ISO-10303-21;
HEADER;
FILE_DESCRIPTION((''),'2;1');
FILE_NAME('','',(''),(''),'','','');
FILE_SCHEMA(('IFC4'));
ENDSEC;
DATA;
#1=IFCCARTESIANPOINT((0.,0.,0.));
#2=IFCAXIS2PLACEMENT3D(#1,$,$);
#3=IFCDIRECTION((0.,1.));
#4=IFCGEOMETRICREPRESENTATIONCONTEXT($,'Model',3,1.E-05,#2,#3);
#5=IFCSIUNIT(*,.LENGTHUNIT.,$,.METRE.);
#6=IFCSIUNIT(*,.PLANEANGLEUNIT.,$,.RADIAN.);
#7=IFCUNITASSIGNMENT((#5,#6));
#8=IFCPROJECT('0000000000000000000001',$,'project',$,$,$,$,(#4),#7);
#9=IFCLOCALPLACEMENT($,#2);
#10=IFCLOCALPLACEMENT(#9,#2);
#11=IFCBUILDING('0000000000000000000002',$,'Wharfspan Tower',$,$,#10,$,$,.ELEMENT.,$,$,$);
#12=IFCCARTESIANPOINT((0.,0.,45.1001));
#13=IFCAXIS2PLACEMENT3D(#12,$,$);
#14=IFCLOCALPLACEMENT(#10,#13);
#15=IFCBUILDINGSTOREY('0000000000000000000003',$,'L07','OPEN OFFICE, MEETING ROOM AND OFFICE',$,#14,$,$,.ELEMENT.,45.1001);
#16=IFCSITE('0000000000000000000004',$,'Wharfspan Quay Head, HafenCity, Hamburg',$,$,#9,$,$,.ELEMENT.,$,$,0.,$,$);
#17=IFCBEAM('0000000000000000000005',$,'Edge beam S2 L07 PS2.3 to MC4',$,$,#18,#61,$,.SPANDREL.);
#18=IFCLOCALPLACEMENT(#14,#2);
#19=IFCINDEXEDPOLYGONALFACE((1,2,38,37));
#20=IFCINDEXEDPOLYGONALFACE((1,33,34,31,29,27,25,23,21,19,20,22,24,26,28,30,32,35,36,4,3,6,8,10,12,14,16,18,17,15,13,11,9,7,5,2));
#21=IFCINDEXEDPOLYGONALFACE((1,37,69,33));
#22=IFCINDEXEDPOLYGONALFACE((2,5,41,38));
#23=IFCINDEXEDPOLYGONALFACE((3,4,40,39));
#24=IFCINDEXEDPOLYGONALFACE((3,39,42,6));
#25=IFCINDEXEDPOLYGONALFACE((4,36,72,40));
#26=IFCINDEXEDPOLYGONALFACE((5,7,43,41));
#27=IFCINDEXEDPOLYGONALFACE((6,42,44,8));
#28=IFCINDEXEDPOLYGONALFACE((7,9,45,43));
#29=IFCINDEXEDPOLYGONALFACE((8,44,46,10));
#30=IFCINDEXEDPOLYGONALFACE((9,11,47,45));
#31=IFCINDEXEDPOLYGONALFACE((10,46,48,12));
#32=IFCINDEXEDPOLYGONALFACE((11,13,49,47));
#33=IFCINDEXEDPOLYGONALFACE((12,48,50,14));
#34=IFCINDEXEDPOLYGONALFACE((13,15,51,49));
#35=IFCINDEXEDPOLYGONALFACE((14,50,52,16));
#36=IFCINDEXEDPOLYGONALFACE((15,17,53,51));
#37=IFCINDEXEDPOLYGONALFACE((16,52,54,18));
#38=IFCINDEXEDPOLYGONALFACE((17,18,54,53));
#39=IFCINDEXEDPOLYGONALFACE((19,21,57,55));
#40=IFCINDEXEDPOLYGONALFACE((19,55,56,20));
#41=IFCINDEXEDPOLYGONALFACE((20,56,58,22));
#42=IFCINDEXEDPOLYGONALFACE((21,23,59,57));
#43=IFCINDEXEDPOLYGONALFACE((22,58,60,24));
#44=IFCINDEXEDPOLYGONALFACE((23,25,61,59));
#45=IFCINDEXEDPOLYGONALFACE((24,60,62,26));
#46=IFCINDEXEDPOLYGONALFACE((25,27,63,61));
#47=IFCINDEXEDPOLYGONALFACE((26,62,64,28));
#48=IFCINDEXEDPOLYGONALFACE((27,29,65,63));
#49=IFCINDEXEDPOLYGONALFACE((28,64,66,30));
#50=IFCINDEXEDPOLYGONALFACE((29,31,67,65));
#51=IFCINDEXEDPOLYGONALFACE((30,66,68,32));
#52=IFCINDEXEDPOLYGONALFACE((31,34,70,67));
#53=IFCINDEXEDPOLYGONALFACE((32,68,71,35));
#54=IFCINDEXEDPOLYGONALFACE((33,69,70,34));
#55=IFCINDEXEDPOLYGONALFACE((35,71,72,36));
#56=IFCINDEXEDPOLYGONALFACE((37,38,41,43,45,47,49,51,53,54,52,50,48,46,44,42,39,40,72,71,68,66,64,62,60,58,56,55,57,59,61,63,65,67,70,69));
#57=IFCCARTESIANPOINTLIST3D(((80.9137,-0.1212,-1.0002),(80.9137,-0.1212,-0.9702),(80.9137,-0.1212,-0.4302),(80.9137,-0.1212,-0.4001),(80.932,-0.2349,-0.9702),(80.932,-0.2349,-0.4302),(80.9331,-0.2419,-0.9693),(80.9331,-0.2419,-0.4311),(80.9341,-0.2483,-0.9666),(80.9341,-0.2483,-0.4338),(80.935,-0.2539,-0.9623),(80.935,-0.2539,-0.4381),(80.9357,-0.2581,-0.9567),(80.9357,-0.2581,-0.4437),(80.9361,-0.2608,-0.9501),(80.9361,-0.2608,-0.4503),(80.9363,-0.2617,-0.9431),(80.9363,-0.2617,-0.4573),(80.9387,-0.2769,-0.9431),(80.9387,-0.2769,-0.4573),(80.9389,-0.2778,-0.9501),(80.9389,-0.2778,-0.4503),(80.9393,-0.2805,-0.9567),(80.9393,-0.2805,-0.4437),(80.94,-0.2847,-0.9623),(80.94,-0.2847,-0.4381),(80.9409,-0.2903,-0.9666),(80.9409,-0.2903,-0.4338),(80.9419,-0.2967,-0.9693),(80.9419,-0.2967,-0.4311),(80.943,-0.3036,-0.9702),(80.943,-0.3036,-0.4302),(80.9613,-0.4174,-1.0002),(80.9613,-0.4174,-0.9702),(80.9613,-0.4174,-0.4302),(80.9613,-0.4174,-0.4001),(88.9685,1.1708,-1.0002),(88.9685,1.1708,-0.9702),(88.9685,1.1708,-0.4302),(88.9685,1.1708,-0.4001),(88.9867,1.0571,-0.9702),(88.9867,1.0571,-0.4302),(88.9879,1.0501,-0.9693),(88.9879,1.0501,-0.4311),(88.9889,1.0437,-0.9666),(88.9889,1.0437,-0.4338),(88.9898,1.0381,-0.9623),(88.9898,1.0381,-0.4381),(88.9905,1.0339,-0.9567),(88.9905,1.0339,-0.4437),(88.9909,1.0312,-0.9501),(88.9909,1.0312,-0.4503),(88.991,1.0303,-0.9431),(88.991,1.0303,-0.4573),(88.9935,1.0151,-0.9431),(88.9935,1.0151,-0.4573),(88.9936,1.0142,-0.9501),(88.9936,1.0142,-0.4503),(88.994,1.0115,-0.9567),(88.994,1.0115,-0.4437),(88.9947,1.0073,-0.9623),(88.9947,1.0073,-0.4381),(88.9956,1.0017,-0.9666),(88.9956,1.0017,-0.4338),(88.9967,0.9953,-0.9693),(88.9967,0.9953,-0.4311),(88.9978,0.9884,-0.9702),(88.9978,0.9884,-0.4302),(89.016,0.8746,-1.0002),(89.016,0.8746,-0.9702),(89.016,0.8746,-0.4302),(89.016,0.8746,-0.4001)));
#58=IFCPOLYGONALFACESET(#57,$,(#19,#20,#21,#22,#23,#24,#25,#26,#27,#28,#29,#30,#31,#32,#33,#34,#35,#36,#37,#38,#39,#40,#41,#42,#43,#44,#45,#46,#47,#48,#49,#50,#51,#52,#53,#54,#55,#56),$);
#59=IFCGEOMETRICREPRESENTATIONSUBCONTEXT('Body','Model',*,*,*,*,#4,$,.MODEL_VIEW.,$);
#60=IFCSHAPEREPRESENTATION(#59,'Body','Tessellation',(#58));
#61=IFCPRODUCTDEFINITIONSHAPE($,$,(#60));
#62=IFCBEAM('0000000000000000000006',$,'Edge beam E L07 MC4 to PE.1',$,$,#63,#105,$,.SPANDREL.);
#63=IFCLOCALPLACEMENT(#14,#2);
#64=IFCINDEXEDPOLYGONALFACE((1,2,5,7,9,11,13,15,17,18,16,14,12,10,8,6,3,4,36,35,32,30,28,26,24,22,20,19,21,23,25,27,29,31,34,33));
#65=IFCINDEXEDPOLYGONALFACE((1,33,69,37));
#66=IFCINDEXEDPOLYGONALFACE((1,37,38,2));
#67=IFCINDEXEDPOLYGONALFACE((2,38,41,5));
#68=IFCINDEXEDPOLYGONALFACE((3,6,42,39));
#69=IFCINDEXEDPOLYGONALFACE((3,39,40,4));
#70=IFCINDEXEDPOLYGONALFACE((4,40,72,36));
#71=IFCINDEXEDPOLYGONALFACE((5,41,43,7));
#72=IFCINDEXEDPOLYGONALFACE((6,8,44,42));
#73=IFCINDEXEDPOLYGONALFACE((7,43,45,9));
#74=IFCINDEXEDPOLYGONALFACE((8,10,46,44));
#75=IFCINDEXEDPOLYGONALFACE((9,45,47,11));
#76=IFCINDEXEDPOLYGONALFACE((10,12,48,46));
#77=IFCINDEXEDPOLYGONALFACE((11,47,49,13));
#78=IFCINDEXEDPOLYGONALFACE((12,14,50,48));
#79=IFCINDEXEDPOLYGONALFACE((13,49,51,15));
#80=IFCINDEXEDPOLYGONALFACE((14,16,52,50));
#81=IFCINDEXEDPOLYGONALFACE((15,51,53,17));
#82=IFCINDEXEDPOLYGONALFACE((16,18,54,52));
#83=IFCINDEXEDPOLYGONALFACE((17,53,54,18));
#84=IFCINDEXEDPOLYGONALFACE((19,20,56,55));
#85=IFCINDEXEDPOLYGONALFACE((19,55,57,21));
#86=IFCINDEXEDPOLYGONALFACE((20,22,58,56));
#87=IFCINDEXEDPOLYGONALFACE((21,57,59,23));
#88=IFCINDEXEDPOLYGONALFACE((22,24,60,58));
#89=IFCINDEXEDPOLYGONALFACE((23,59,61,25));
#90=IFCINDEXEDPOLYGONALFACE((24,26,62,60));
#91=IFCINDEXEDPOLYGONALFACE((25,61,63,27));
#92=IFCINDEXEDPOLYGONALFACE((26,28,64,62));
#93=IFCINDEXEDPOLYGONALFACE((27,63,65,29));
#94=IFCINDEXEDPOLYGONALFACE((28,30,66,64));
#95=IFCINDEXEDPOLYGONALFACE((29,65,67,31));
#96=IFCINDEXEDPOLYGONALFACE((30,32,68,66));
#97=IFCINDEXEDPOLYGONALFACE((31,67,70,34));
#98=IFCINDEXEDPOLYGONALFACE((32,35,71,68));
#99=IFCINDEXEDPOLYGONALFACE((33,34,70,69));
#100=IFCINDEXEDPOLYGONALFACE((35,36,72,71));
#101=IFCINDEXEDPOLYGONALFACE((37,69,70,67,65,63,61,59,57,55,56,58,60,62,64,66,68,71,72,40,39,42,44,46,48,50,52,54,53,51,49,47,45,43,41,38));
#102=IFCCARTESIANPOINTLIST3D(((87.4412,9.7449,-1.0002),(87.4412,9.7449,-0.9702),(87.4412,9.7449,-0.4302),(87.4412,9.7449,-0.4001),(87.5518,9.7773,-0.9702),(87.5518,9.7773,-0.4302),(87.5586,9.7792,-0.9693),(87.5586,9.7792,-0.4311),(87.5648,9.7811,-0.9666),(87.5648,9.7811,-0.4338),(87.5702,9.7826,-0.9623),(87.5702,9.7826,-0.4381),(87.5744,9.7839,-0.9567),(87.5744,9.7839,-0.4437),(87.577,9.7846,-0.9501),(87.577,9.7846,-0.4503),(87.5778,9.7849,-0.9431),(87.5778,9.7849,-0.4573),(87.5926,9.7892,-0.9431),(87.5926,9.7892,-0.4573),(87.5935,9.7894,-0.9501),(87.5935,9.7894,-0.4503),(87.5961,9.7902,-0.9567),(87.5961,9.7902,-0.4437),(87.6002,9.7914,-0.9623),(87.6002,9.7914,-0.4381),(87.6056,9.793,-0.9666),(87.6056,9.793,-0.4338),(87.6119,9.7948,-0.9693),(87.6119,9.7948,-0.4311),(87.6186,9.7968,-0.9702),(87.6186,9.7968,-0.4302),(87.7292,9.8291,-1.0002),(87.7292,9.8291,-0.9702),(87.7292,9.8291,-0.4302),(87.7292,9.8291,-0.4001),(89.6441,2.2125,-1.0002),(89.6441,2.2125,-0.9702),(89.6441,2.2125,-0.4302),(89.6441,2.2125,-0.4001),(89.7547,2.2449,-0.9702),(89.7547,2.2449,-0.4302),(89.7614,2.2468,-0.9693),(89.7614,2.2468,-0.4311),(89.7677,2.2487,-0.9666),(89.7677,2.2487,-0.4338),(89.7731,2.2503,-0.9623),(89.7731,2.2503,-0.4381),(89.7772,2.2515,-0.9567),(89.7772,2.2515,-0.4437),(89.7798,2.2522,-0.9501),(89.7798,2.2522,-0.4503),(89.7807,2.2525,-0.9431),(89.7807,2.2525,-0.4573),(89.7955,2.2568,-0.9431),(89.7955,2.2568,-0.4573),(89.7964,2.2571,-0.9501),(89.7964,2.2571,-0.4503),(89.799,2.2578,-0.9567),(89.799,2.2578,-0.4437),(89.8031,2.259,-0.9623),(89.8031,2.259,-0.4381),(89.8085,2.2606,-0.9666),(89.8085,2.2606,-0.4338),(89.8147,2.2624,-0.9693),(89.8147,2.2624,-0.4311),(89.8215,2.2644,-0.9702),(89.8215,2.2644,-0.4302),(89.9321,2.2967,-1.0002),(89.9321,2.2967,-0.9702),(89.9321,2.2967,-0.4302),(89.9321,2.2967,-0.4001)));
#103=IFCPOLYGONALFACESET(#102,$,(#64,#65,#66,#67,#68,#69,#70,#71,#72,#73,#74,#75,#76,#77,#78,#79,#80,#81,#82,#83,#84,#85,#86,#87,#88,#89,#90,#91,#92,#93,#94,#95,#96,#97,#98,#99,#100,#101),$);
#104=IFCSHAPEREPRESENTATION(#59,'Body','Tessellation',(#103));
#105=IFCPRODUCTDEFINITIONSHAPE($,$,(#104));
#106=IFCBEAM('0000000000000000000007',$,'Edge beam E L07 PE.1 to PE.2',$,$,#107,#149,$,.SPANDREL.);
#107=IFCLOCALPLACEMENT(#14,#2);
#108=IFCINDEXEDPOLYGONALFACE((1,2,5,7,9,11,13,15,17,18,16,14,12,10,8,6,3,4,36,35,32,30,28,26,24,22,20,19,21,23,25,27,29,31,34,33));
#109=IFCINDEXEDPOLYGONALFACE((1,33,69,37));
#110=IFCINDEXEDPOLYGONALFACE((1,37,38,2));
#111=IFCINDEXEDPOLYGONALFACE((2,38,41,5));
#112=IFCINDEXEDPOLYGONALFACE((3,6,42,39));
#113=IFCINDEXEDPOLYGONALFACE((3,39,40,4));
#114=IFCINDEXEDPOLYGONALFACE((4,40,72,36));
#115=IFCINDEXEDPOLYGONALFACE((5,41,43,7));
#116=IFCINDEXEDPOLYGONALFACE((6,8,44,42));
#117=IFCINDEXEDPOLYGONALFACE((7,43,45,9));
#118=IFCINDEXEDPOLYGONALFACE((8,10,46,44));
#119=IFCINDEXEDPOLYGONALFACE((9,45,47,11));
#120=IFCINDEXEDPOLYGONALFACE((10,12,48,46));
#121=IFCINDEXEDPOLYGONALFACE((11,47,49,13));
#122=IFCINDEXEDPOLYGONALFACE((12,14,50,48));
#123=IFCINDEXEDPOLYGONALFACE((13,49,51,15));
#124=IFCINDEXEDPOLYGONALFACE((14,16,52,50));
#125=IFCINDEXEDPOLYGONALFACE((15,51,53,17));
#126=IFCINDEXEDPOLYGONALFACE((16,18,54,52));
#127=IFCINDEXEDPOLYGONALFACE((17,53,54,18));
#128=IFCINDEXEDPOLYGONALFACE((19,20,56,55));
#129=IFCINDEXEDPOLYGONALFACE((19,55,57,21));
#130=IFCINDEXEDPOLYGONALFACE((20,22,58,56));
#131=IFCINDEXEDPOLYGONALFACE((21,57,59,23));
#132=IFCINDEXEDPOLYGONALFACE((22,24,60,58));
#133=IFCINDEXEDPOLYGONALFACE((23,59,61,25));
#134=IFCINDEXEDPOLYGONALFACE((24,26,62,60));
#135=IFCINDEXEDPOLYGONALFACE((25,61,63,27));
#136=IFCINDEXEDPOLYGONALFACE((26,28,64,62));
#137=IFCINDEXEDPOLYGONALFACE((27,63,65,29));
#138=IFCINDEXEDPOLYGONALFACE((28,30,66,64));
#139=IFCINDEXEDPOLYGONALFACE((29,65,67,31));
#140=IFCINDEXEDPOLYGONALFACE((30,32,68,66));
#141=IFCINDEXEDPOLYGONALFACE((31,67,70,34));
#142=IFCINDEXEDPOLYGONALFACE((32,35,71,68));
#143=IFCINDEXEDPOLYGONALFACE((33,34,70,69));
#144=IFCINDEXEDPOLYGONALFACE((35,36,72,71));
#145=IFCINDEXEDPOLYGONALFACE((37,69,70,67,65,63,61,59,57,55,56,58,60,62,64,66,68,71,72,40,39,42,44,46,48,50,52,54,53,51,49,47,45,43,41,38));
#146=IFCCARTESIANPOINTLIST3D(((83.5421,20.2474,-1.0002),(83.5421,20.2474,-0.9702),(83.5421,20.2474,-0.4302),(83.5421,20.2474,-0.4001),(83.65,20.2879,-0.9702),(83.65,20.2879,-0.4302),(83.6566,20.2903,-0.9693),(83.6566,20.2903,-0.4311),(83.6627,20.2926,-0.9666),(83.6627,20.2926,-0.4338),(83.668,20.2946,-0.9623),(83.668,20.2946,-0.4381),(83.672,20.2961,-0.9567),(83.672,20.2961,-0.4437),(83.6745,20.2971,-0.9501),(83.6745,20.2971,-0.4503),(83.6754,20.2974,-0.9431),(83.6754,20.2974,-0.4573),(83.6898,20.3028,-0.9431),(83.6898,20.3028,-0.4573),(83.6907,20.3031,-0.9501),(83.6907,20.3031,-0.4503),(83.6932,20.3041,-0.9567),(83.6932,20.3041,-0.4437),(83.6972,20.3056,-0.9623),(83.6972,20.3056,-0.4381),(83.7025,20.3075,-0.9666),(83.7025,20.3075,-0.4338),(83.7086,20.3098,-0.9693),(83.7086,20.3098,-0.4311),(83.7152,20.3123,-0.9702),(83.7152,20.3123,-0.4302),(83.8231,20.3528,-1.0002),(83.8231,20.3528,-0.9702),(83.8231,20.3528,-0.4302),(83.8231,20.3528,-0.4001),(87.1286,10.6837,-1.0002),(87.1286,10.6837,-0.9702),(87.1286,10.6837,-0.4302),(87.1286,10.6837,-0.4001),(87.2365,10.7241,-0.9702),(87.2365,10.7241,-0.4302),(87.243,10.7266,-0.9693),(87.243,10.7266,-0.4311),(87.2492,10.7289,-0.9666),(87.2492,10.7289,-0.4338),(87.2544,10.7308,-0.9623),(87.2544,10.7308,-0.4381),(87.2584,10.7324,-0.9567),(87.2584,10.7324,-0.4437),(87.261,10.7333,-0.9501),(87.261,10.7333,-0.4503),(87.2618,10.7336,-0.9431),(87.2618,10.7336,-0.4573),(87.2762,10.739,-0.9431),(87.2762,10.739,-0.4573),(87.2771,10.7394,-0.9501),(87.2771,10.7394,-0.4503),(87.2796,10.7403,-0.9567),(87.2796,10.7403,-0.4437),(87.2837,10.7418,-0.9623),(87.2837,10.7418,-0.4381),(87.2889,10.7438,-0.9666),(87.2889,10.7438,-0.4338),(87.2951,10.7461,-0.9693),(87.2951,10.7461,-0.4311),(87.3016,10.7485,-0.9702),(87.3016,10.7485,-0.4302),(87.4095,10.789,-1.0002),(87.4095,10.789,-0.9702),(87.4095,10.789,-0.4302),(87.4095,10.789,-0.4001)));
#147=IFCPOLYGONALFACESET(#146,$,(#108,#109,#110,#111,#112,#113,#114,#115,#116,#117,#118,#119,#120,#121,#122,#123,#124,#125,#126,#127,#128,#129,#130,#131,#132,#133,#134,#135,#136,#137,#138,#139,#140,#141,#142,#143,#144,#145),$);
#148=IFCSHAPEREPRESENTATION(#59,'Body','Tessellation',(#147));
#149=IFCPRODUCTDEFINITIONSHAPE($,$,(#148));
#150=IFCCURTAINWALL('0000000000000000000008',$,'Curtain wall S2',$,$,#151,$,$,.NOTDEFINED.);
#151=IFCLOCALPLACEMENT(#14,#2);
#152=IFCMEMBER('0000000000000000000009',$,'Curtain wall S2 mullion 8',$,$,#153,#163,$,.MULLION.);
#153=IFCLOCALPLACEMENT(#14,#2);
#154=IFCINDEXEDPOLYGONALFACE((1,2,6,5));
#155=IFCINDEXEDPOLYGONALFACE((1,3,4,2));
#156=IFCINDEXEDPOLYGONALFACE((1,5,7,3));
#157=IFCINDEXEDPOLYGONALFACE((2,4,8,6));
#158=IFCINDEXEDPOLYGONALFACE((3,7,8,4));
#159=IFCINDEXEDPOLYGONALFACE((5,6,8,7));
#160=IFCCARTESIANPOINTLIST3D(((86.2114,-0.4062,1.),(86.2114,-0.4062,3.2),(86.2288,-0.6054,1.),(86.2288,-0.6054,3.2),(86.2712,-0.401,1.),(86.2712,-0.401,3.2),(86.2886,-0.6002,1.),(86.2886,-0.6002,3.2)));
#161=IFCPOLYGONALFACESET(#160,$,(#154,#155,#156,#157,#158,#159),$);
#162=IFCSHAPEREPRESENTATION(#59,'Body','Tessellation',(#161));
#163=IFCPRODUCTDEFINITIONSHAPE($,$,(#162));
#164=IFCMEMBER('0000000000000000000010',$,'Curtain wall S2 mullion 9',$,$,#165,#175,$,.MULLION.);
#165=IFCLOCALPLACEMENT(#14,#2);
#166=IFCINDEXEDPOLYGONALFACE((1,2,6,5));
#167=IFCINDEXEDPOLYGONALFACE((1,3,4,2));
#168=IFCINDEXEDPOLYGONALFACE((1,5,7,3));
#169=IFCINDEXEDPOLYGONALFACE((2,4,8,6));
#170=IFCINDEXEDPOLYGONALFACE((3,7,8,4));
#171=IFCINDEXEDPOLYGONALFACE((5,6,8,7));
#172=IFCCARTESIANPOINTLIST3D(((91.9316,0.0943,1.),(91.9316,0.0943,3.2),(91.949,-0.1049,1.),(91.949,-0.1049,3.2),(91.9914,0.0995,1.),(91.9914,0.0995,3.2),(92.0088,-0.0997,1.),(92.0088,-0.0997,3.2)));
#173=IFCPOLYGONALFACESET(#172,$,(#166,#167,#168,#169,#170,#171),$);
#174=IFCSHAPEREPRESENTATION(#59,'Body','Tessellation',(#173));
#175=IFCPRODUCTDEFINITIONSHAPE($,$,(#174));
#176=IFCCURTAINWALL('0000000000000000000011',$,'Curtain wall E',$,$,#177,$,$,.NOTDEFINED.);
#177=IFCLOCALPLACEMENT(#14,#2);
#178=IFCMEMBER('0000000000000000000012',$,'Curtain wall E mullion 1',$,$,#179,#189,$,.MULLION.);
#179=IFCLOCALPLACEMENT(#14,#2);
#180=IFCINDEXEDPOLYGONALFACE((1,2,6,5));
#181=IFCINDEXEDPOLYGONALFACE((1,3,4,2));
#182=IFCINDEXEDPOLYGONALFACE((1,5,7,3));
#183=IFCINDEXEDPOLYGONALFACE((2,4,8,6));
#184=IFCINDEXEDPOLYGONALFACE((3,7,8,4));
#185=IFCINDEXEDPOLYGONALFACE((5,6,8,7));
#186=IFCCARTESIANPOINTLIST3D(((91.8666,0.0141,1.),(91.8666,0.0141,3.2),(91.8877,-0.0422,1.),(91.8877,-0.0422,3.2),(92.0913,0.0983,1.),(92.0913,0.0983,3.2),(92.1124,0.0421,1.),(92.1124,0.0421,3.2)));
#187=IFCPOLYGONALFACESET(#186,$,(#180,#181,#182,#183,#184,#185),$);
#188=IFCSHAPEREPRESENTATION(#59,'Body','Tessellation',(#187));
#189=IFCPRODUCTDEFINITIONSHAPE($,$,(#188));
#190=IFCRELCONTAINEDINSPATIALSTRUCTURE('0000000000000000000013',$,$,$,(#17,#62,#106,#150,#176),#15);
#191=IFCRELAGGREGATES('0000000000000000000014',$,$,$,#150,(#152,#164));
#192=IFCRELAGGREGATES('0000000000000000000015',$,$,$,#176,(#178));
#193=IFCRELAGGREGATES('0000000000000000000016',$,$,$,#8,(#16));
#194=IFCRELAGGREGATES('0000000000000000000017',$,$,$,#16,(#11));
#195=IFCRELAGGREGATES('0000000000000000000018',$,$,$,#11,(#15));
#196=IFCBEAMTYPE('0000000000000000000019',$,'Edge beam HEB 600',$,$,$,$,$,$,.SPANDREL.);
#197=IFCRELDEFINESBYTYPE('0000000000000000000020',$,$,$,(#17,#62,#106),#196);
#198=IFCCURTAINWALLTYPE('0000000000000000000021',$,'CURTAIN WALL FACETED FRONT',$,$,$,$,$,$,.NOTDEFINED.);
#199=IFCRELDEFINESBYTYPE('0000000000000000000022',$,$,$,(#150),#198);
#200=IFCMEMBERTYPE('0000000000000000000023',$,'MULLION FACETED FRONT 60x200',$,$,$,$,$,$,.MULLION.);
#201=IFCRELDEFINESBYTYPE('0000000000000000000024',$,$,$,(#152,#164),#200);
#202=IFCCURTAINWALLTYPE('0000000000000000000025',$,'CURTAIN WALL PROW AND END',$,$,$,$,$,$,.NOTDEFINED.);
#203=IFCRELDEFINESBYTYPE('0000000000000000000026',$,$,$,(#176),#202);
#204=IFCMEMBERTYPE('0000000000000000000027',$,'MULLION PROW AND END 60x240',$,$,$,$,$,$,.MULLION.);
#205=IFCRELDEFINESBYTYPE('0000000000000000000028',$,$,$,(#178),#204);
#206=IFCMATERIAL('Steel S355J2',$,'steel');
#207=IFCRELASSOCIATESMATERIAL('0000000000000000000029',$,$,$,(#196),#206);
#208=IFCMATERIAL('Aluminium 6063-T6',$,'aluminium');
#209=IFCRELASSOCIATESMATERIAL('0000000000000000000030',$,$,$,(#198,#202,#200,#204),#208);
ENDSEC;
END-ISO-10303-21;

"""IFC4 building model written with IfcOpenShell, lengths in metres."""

from ifc_helpers import new_model, si_unit, direction, frame, origin, origin_2d, place, context, subcontext, project, spatial, rectangle, i_section, extrude, material, material_profile, profile_set, type_object, element, aggregate, save


model = new_model("IFC4")

# Units and contexts
model_context = context("Model", 3, precision=1e-05, world=origin(), true_north=direction((0.0, 1.0)))
body_context = subcontext(model_context, "Body", "Model", "MODEL_VIEW")
ifc_project = project(units=[si_unit("LENGTHUNIT", "METRE"), si_unit("PLANEANGLEUNIT", "RADIAN")], contexts=[model_context])

# Site, building, storey
site_placement = place(None, origin())
site = spatial("IfcSite", under=ifc_project, at=site_placement, Name="Wharfspan Quay Head, HafenCity, Hamburg", CompositionType="ELEMENT", RefElevation=0.0)
building_placement = place(site_placement, origin())
building = spatial("IfcBuilding", under=site, at=building_placement, Name="Wharfspan Tower", CompositionType="ELEMENT")
storey_placement = place(building_placement, frame((0.0, 0.0, 45.1001)))
storey = spatial("IfcBuildingStorey", under=building, at=storey_placement, Name="L07", Description="OPEN OFFICE, MEETING ROOM AND OFFICE", CompositionType="ELEMENT", Elevation=45.1001)

# Shared definitions
ifc_material_1 = material(Name="Steel S355J2", Category="steel")

# Beams
ifc_material_profile_1 = material_profile(ifc_material_1, i_section(OverallWidth=0.3, OverallDepth=0.6001, WebThickness=0.0154, FlangeThickness=0.03, FilletRadius=0.0271, at=origin_2d()))
ifc_profile_set_1 = profile_set([ifc_material_profile_1], Name="Steel S355J2")
beam_type = type_object("IfcBeamType", Name="Edge beam HEB 600", PredefinedType="SPANDREL", material=ifc_profile_set_1)
beam_1_placement = place(storey_placement, frame((80.9375, -0.2693, -0.7002), z_axis=(0.987379, 0.158378, 0.0), x_axis=(-0.158378, 0.987379, 0.0)))
element("IfcBeam", 1, at=beam_1_placement, inside=storey, type_object=beam_type, Name="Edge beam S2 L07 PS2.3 to MC4", PredefinedType="SPANDREL", context=body_context, shape_type="SweptSolid", body=[
    extrude(i_section(OverallWidth=0.3, OverallDepth=0.6001, WebThickness=0.0154, FlangeThickness=0.03, FilletRadius=0.0271, at=origin_2d()), origin(), (0.0, 0.0, 1.0), 8.1577),
])
beam_2_placement = place(storey_placement, frame((89.7881, 2.2546, -0.7002), z_axis=(-0.280694, 0.959797, 0.0), x_axis=(-0.959797, -0.280694, 0.0)))
element("IfcBeam", 2, at=beam_2_placement, inside=storey, type_object=beam_type, Name="Edge beam E L07 MC4 to PE.1", PredefinedType="SPANDREL", context=body_context, shape_type="SweptSolid", body=[
    extrude(i_section(OverallWidth=0.3, OverallDepth=0.6001, WebThickness=0.0154, FlangeThickness=0.03, FilletRadius=0.0271, at=origin_2d()), origin(), (0.0, 0.0, 1.0), 7.8479),
])
beam_3_placement = place(storey_placement, frame((87.269, 10.7363, -0.7002), z_axis=(-0.351126, 0.936328, 0.0), x_axis=(-0.936328, -0.351126, 0.0)))
element("IfcBeam", 3, at=beam_3_placement, inside=storey, type_object=beam_type, Name="Edge beam E L07 PE.1 to PE.2", PredefinedType="SPANDREL", context=body_context, shape_type="SweptSolid", body=[
    extrude(i_section(OverallWidth=0.3, OverallDepth=0.6001, WebThickness=0.0154, FlangeThickness=0.03, FilletRadius=0.0271, at=origin_2d()), origin(), (0.0, 0.0, 1.0), 10.2141),
])

# Curtain walls, members
ifc_material_2 = material(Name="Aluminium 6063-T6", Category="aluminium")
curtain_wall_type_1 = type_object("IfcCurtainWallType", Name="CURTAIN WALL FACETED FRONT", PredefinedType="NOTDEFINED", material=ifc_material_2)
curtain_wall_1_placement = place(storey_placement, origin())
curtain_wall_1 = element("IfcCurtainWall", 4, at=curtain_wall_1_placement, inside=storey, type_object=curtain_wall_type_1, Name="Curtain wall S2", PredefinedType="NOTDEFINED")
ifc_material_profile_2 = material_profile(ifc_material_2, rectangle(XDim=0.2, YDim=0.0601, at=origin_2d()))
ifc_profile_set_2 = profile_set([ifc_material_profile_2], Name="Aluminium 6063-T6")
member_type_1 = type_object("IfcMemberType", Name="MULLION FACETED FRONT 60x200", PredefinedType="MULLION", material=ifc_profile_set_2)
member_1_placement = place(storey_placement, frame((86.25, -0.5032, 1.0), z_axis=(0.0, 0.0, 1.0), x_axis=(-0.087156, 0.996197, 0.0)))
member_1 = element("IfcMember", 5, at=member_1_placement, type_object=member_type_1, Name="Curtain wall S2 mullion 8", PredefinedType="MULLION", context=body_context, shape_type="SweptSolid", body=[
    extrude(rectangle(XDim=0.2, YDim=0.0601, at=origin_2d()), origin(), (0.0, 0.0, 1.0), 2.2),
])
member_2_placement = place(storey_placement, frame((91.9702, -0.0027, 1.0), z_axis=(0.0, 0.0, 1.0), x_axis=(-0.087156, 0.996197, 0.0)))
member_2 = element("IfcMember", 6, at=member_2_placement, type_object=member_type_1, Name="Curtain wall S2 mullion 9", PredefinedType="MULLION", context=body_context, shape_type="SweptSolid", body=[
    extrude(rectangle(XDim=0.2, YDim=0.0601, at=origin_2d()), origin(), (0.0, 0.0, 1.0), 2.2),
])
curtain_wall_type_2 = type_object("IfcCurtainWallType", Name="CURTAIN WALL PROW AND END", PredefinedType="NOTDEFINED", material=ifc_material_2)
curtain_wall_2_placement = place(storey_placement, origin())
curtain_wall_2 = element("IfcCurtainWall", 7, at=curtain_wall_2_placement, inside=storey, type_object=curtain_wall_type_2, Name="Curtain wall E", PredefinedType="NOTDEFINED")
ifc_material_profile_3 = material_profile(ifc_material_2, rectangle(XDim=0.24, YDim=0.0601, at=origin_2d()))
ifc_profile_set_3 = profile_set([ifc_material_profile_3], Name="Aluminium 6063-T6")
member_type_2 = type_object("IfcMemberType", Name="MULLION PROW AND END 60x240", PredefinedType="MULLION", material=ifc_profile_set_3)
member_3_placement = place(storey_placement, frame((91.9895, 0.0281, 1.0), z_axis=(0.0, 0.0, 1.0), x_axis=(-0.936328, -0.351123, 0.0)))
member_3 = element("IfcMember", 8, at=member_3_placement, type_object=member_type_2, Name="Curtain wall E mullion 1", PredefinedType="MULLION", context=body_context, shape_type="SweptSolid", body=[
    extrude(rectangle(XDim=0.24, YDim=0.0601, at=origin_2d()), origin(), (0.0, 0.0, 1.0), 2.2),
])

aggregate(curtain_wall_1, [member_1, member_2])
aggregate(curtain_wall_2, [member_3])

save(model, "model.ifc")
